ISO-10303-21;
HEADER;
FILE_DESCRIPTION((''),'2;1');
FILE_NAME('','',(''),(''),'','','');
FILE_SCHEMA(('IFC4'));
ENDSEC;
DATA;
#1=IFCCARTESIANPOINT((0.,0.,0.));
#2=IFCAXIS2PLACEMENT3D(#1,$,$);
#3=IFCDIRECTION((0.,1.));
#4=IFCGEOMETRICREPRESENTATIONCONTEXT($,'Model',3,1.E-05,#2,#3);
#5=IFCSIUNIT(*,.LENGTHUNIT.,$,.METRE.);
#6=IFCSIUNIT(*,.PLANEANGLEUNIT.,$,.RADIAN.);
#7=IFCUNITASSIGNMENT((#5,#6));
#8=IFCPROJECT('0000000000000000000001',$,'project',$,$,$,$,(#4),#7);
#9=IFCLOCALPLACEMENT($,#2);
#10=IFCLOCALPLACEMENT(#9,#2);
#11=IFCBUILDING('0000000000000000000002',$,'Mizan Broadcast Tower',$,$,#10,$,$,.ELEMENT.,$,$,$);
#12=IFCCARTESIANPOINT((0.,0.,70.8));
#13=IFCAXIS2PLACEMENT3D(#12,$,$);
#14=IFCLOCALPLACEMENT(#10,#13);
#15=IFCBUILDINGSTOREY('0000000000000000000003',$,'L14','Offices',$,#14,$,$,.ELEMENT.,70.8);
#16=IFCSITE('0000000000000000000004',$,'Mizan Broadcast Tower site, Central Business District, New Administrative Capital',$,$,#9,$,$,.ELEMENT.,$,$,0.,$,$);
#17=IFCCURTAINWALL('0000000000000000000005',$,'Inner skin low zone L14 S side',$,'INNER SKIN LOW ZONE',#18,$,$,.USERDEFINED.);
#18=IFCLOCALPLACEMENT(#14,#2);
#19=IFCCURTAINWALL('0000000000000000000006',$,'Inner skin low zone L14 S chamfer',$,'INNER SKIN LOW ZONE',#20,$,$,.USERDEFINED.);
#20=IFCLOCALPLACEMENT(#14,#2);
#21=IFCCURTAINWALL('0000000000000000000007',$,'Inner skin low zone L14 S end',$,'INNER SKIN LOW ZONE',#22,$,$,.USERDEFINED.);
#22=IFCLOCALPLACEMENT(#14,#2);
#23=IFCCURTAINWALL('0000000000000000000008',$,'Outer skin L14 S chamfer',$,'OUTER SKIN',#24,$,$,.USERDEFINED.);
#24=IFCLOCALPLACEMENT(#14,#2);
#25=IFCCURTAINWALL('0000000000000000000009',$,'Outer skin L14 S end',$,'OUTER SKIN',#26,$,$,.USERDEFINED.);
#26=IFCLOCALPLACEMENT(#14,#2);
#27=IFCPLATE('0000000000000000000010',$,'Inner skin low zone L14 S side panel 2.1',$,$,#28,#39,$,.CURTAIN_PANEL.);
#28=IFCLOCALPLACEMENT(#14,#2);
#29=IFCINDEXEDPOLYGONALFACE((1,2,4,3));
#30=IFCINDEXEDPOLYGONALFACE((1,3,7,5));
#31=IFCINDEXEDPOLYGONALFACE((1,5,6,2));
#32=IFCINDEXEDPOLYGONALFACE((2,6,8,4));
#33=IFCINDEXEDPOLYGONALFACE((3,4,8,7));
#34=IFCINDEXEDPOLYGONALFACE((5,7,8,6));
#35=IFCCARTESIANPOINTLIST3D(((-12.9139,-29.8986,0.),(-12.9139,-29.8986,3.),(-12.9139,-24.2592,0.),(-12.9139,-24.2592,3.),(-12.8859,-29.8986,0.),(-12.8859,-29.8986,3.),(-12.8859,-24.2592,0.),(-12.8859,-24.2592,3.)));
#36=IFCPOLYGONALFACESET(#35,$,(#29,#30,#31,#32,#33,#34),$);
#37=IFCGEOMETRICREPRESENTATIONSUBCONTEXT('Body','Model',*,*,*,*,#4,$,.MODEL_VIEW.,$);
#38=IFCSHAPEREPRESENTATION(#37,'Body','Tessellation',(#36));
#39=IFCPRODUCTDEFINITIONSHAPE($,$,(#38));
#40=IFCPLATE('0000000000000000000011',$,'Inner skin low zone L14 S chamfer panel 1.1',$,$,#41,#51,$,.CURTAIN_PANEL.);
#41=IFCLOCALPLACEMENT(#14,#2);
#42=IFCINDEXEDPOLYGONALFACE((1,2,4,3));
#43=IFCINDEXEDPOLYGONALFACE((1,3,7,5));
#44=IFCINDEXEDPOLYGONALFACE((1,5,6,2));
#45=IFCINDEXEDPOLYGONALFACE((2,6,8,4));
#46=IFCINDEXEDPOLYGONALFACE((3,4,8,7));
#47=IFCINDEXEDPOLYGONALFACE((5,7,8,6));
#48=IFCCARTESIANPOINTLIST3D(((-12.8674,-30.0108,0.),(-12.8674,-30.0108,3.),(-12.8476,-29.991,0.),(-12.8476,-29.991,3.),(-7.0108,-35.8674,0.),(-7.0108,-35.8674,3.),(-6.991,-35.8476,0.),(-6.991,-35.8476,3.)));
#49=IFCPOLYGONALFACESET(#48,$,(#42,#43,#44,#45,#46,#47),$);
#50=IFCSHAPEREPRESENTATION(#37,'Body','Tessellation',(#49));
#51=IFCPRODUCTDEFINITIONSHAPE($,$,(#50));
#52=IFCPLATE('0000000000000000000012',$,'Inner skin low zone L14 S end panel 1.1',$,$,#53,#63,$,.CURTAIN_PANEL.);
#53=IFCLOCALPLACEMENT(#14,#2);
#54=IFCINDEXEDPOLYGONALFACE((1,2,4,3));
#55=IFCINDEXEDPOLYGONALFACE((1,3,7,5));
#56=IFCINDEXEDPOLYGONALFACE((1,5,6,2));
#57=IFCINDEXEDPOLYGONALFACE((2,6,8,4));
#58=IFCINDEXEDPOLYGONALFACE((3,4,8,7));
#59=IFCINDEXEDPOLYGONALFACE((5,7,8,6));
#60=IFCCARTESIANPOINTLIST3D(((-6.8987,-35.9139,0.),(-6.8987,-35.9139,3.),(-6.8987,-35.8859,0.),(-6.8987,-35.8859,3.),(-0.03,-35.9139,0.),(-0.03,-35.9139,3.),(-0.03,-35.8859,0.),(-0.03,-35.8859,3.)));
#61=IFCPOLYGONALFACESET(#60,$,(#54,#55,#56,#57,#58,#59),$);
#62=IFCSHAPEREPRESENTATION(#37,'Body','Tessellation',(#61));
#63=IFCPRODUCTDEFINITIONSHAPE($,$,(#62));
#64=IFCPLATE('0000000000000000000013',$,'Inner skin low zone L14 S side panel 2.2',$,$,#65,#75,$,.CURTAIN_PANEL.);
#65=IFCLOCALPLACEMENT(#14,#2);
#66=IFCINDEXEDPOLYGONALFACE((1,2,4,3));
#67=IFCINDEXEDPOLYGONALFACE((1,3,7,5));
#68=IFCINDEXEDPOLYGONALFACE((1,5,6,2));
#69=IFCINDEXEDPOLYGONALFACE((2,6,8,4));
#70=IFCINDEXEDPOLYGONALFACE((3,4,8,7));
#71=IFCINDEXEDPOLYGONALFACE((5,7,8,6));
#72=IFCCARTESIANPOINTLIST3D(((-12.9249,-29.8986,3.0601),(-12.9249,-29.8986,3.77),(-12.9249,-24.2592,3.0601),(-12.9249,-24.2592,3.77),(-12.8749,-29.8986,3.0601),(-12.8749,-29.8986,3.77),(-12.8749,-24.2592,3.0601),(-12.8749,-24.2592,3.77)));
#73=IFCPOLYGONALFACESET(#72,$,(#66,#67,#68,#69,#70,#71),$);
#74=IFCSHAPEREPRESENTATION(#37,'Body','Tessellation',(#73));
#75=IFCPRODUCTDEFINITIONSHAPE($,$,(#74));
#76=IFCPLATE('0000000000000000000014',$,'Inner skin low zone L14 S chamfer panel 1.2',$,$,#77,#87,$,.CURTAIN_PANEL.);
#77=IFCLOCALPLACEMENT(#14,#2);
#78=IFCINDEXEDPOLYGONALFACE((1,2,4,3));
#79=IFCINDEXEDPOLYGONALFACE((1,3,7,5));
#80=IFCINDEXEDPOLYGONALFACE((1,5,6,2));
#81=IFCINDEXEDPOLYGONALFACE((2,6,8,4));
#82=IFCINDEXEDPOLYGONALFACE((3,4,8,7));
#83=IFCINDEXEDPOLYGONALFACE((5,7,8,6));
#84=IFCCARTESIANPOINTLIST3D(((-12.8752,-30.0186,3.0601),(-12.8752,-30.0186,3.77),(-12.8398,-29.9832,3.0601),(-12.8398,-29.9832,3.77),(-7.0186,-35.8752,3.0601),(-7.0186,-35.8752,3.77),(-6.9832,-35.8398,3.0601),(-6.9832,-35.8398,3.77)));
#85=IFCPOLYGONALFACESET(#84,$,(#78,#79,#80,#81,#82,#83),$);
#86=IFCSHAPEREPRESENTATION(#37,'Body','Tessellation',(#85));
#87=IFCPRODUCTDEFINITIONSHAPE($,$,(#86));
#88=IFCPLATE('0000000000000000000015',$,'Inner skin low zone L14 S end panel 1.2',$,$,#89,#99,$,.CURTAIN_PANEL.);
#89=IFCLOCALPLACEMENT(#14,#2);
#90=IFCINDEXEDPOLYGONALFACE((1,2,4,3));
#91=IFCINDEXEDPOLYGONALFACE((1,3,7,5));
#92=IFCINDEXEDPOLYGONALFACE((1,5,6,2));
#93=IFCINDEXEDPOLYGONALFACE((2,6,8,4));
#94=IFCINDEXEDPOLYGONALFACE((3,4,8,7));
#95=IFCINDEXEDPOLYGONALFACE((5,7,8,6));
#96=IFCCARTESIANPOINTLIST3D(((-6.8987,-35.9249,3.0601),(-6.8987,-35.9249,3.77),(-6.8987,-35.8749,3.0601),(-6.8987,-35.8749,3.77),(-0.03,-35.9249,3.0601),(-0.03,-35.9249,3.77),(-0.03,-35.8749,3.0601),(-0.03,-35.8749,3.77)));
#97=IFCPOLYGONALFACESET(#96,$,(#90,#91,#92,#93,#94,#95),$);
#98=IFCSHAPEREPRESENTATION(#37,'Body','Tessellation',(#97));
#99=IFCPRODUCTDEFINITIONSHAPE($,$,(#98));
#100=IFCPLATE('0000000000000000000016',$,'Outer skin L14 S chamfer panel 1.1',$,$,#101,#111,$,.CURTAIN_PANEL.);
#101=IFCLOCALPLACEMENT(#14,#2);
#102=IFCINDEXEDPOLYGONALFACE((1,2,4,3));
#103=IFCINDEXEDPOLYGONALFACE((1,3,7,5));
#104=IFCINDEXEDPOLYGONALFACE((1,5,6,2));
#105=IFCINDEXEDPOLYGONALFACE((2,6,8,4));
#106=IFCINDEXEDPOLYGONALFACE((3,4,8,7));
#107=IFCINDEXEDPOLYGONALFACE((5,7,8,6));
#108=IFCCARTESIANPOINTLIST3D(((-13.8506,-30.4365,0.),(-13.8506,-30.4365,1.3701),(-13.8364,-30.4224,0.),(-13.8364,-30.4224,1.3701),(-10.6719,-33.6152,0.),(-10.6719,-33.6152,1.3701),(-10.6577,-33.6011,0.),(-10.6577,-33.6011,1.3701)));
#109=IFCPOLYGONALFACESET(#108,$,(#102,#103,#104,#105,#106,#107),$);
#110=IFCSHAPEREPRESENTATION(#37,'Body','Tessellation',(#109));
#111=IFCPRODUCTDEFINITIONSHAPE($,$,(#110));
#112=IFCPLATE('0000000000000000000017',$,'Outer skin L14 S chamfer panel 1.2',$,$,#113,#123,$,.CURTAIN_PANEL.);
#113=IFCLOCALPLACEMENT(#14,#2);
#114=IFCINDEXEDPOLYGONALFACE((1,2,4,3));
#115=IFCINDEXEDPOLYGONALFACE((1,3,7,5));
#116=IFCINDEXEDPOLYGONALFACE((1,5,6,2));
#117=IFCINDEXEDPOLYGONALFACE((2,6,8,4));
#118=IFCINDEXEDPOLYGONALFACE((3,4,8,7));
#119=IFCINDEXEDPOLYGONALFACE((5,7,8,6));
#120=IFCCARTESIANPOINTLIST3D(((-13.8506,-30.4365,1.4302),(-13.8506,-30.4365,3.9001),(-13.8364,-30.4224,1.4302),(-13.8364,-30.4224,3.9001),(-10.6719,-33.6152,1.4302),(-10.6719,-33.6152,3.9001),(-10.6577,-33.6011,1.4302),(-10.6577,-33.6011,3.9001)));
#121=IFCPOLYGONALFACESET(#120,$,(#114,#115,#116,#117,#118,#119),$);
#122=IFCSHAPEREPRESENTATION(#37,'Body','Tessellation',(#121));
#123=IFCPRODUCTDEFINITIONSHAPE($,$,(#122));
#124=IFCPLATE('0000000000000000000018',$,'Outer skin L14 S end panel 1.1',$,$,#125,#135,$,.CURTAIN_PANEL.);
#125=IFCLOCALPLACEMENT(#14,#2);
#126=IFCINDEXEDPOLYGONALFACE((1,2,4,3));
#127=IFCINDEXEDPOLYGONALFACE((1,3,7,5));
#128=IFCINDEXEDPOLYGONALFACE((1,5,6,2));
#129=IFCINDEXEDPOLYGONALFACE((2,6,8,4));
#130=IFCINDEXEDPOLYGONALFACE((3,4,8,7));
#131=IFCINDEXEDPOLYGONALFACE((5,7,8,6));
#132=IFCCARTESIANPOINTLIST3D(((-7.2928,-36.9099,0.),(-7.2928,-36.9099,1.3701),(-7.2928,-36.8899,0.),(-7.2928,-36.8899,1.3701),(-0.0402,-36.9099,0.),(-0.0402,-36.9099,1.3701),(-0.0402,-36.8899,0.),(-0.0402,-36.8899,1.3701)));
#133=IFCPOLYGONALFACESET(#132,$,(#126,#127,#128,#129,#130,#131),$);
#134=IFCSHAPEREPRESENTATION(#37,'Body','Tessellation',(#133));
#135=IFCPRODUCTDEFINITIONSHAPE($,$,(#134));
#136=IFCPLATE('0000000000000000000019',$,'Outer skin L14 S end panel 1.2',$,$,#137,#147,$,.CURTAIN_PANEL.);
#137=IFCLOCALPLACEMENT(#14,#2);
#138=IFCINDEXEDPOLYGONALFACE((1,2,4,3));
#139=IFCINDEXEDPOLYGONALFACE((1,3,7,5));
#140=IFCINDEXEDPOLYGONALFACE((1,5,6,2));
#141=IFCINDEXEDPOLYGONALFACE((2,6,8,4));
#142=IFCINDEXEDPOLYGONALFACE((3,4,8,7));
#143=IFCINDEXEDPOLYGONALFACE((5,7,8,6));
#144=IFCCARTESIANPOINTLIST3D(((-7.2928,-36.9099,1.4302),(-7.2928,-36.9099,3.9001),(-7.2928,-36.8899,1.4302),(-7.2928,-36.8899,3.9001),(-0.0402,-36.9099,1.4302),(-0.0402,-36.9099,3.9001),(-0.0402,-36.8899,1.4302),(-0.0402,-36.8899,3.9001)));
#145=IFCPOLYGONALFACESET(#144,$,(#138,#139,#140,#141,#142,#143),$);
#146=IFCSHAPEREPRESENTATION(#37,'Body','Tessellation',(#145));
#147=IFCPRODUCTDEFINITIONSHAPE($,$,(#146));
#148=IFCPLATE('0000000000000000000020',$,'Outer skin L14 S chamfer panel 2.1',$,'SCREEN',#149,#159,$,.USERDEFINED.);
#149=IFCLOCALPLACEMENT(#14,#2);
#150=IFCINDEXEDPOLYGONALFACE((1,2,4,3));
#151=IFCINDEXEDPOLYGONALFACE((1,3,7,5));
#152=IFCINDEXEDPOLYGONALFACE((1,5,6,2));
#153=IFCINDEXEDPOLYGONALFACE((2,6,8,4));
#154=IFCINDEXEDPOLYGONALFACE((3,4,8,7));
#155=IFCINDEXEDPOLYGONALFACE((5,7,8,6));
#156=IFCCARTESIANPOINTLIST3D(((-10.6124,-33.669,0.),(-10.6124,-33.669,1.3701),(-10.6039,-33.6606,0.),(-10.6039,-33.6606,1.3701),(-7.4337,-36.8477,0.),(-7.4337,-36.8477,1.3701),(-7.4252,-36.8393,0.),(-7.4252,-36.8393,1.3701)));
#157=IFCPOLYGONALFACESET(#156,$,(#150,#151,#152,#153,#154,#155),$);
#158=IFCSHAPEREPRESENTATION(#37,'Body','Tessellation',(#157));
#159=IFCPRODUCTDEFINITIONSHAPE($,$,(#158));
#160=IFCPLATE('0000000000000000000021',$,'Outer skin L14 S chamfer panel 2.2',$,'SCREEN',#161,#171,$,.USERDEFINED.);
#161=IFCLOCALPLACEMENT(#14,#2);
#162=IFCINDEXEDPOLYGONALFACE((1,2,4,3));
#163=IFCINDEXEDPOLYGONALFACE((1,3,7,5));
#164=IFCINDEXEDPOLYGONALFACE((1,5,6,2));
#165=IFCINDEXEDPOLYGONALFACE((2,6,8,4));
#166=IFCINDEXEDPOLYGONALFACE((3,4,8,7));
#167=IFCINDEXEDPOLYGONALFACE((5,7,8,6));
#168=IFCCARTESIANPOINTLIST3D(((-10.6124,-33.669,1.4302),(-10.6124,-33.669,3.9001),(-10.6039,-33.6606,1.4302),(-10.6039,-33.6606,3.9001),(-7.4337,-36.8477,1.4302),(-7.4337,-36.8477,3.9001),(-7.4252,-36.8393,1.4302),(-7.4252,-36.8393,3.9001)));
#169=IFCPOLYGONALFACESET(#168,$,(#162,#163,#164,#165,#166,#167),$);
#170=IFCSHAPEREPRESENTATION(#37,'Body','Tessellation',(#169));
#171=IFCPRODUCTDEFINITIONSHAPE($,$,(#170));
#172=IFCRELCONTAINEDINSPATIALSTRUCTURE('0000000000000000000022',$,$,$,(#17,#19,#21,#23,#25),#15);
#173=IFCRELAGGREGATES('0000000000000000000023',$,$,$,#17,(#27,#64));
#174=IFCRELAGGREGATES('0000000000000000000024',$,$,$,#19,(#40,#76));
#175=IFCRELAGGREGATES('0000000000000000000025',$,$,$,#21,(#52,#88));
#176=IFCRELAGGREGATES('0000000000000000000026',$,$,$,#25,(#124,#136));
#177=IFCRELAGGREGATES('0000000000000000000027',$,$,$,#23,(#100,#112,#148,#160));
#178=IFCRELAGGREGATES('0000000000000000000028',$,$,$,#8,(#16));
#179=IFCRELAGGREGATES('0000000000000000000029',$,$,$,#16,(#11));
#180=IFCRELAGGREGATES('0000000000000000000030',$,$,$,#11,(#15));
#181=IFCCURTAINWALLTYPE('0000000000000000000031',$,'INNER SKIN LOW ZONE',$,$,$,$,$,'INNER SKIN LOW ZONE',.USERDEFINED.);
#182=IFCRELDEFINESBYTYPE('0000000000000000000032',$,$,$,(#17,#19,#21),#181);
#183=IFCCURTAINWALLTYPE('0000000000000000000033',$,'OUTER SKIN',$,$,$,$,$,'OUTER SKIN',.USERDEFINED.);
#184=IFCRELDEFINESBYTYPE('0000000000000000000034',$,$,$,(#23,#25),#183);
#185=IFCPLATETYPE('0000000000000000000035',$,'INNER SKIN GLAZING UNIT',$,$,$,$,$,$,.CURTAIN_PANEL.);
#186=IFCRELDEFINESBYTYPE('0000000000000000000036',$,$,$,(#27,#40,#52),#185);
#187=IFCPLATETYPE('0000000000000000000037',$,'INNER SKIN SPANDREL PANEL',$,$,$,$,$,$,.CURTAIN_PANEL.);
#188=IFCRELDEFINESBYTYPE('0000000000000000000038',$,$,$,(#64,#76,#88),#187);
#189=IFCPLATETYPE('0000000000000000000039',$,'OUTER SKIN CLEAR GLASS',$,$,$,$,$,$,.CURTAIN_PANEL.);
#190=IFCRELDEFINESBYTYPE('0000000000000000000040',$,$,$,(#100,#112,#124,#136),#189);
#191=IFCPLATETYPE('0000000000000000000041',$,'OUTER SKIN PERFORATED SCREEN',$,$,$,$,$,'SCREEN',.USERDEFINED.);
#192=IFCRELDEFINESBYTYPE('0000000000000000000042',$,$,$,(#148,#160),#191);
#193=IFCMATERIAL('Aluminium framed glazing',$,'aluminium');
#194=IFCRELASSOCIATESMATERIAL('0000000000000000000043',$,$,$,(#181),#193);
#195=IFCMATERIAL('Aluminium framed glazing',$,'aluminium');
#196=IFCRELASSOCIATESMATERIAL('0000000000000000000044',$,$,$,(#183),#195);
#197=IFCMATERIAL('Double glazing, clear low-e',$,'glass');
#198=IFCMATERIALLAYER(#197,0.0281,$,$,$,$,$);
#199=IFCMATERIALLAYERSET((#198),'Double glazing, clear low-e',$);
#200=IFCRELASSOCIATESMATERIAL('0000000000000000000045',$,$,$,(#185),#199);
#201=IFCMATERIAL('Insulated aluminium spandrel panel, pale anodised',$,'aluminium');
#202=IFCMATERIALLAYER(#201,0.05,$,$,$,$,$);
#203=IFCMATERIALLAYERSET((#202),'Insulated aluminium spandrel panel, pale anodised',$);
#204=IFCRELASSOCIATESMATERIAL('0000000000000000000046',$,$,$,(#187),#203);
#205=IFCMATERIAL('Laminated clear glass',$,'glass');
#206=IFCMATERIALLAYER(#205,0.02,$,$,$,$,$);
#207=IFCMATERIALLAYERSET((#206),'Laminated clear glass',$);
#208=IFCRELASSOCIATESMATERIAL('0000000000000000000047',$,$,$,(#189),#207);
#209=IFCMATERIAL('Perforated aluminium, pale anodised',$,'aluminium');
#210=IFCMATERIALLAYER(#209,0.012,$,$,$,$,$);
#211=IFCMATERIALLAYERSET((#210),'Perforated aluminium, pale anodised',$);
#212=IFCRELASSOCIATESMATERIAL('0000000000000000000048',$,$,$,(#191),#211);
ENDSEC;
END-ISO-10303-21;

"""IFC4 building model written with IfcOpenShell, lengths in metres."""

from ifc_helpers import new_model, si_unit, direction, frame, origin, origin_2d, place, context, subcontext, project, spatial, rectangle, extrude, material, layer, layer_set, type_object, element, aggregate, save


model = new_model("IFC4")

# Units and contexts
model_context = context("Model", 3, precision=1e-05, world=origin(), true_north=direction((0.0, 1.0)))
body_context = subcontext(model_context, "Body", "Model", "MODEL_VIEW")
ifc_project = project(units=[si_unit("LENGTHUNIT", "METRE"), si_unit("PLANEANGLEUNIT", "RADIAN")], contexts=[model_context])

# Site, building, storey
site_placement = place(None, origin())
site = spatial("IfcSite", under=ifc_project, at=site_placement, Name="Mizan Broadcast Tower site, Central Business District, New Administrative Capital", CompositionType="ELEMENT", RefElevation=0.0)
building_placement = place(site_placement, origin())
building = spatial("IfcBuilding", under=site, at=building_placement, Name="Mizan Broadcast Tower", CompositionType="ELEMENT")
storey_placement = place(building_placement, frame((0.0, 0.0, 70.8)))
storey = spatial("IfcBuildingStorey", under=building, at=storey_placement, Name="L14", Description="Offices", CompositionType="ELEMENT", Elevation=70.8)

# Curtain wall
ifc_material_1 = material(Name="Aluminium framed glazing", Category="aluminium")
curtain_wall_type_1 = type_object("IfcCurtainWallType", Name="INNER SKIN LOW ZONE", ElementType="INNER SKIN LOW ZONE", PredefinedType="USERDEFINED", material=ifc_material_1)
curtain_wall_1_placement = place(storey_placement, origin())
curtain_wall_1 = element("IfcCurtainWall", 1, at=curtain_wall_1_placement, inside=storey, type_object=curtain_wall_type_1, Name="Inner skin low zone L14 S side", ObjectType="INNER SKIN LOW ZONE", PredefinedType="USERDEFINED")

# Curtain wall
curtain_wall_2_placement = place(storey_placement, origin())
curtain_wall_2 = element("IfcCurtainWall", 2, at=curtain_wall_2_placement, inside=storey, type_object=curtain_wall_type_1, Name="Inner skin low zone L14 S chamfer", ObjectType="INNER SKIN LOW ZONE", PredefinedType="USERDEFINED")

# Curtain wall
curtain_wall_3_placement = place(storey_placement, origin())
curtain_wall_3 = element("IfcCurtainWall", 3, at=curtain_wall_3_placement, inside=storey, type_object=curtain_wall_type_1, Name="Inner skin low zone L14 S end", ObjectType="INNER SKIN LOW ZONE", PredefinedType="USERDEFINED")
ifc_material_2 = material(Name="Aluminium framed glazing", Category="aluminium")
curtain_wall_type_2 = type_object("IfcCurtainWallType", Name="OUTER SKIN", ElementType="OUTER SKIN", PredefinedType="USERDEFINED", material=ifc_material_2)

# Curtain wall
curtain_wall_4_placement = place(storey_placement, origin())
curtain_wall_4 = element("IfcCurtainWall", 4, at=curtain_wall_4_placement, inside=storey, type_object=curtain_wall_type_2, Name="Outer skin L14 S chamfer", ObjectType="OUTER SKIN", PredefinedType="USERDEFINED")

# Curtain wall
curtain_wall_5_placement = place(storey_placement, origin())
curtain_wall_5 = element("IfcCurtainWall", 5, at=curtain_wall_5_placement, inside=storey, type_object=curtain_wall_type_2, Name="Outer skin L14 S end", ObjectType="OUTER SKIN", PredefinedType="USERDEFINED")

# Plates
ifc_material_3 = material(Name="Double glazing, clear low-e", Category="glass")
ifc_layer_1 = layer(ifc_material_3, 0.0281)
ifc_layer_set_1 = layer_set([ifc_layer_1], Name="Double glazing, clear low-e")
plate_type_1 = type_object("IfcPlateType", Name="INNER SKIN GLAZING UNIT", PredefinedType="CURTAIN_PANEL", material=ifc_layer_set_1)
plate_1_placement = place(storey_placement, frame((-12.8999, -27.0789, 0.0), z_axis=(0.0, 0.0, 1.0), x_axis=(0.0, -1.0, 0.0)))
plate_1 = element("IfcPlate", 6, at=plate_1_placement, type_object=plate_type_1, Name="Inner skin low zone L14 S side panel 2.1", PredefinedType="CURTAIN_PANEL", context=body_context, shape_type="SweptSolid", body=[
    extrude(rectangle(XDim=5.6394, YDim=0.0281, at=origin_2d()), origin(), (0.0, 0.0, 1.0), 3.0),
])
plate_2_placement = place(storey_placement, frame((-9.9292, -32.9292, 0.0), z_axis=(0.0, 0.0, 1.0), x_axis=(0.707107, -0.707107, 0.0)))
plate_2 = element("IfcPlate", 7, at=plate_2_placement, type_object=plate_type_1, Name="Inner skin low zone L14 S chamfer panel 1.1", PredefinedType="CURTAIN_PANEL", context=body_context, shape_type="SweptSolid", body=[
    extrude(rectangle(XDim=8.2825, YDim=0.0281, at=origin_2d()), origin(), (0.0, 0.0, 1.0), 3.0),
])
plate_3_placement = place(storey_placement, frame((-3.4644, -35.8999, 0.0), z_axis=(0.0, 0.0, 1.0), x_axis=(1.0, 0.0, 0.0)))
plate_3 = element("IfcPlate", 8, at=plate_3_placement, type_object=plate_type_1, Name="Inner skin low zone L14 S end panel 1.1", PredefinedType="CURTAIN_PANEL", context=body_context, shape_type="SweptSolid", body=[
    extrude(rectangle(XDim=6.8687, YDim=0.0281, at=origin_2d()), origin(), (0.0, 0.0, 1.0), 3.0),
])
ifc_material_4 = material(Name="Insulated aluminium spandrel panel, pale anodised", Category="aluminium")
ifc_layer_2 = layer(ifc_material_4, 0.05)
ifc_layer_set_2 = layer_set([ifc_layer_2], Name="Insulated aluminium spandrel panel, pale anodised")
plate_type_2 = type_object("IfcPlateType", Name="INNER SKIN SPANDREL PANEL", PredefinedType="CURTAIN_PANEL", material=ifc_layer_set_2)
plate_4_placement = place(storey_placement, frame((-12.8999, -27.0789, 3.0601), z_axis=(0.0, 0.0, 1.0), x_axis=(0.0, -1.0, 0.0)))
plate_4 = element("IfcPlate", 9, at=plate_4_placement, type_object=plate_type_2, Name="Inner skin low zone L14 S side panel 2.2", PredefinedType="CURTAIN_PANEL", context=body_context, shape_type="SweptSolid", body=[
    extrude(rectangle(XDim=5.6394, YDim=0.05, at=origin_2d()), origin(), (0.0, 0.0, 1.0), 0.71),
])
aggregate(curtain_wall_1, [plate_1, plate_4])
plate_5_placement = place(storey_placement, frame((-9.9292, -32.9292, 3.0601), z_axis=(0.0, 0.0, 1.0), x_axis=(0.707107, -0.707107, 0.0)))
plate_5 = element("IfcPlate", 10, at=plate_5_placement, type_object=plate_type_2, Name="Inner skin low zone L14 S chamfer panel 1.2", PredefinedType="CURTAIN_PANEL", context=body_context, shape_type="SweptSolid", body=[
    extrude(rectangle(XDim=8.2825, YDim=0.05, at=origin_2d()), origin(), (0.0, 0.0, 1.0), 0.71),
])
aggregate(curtain_wall_2, [plate_2, plate_5])
plate_6_placement = place(storey_placement, frame((-3.4644, -35.8999, 3.0601), z_axis=(0.0, 0.0, 1.0), x_axis=(1.0, 0.0, 0.0)))
plate_6 = element("IfcPlate", 11, at=plate_6_placement, type_object=plate_type_2, Name="Inner skin low zone L14 S end panel 1.2", PredefinedType="CURTAIN_PANEL", context=body_context, shape_type="SweptSolid", body=[
    extrude(rectangle(XDim=6.8687, YDim=0.05, at=origin_2d()), origin(), (0.0, 0.0, 1.0), 0.71),
])
aggregate(curtain_wall_3, [plate_3, plate_6])
ifc_material_5 = material(Name="Laminated clear glass", Category="glass")
ifc_layer_3 = layer(ifc_material_5, 0.02)
ifc_layer_set_3 = layer_set([ifc_layer_3], Name="Laminated clear glass")
plate_type_3 = type_object("IfcPlateType", Name="OUTER SKIN CLEAR GLASS", PredefinedType="CURTAIN_PANEL", material=ifc_layer_set_3)
plate_7_placement = place(storey_placement, frame((-12.2542, -32.0188, 0.0), z_axis=(0.0, 0.0, 1.0), x_axis=(0.707107, -0.707107, 0.0)))
plate_7 = element("IfcPlate", 12, at=plate_7_placement, type_object=plate_type_3, Name="Outer skin L14 S chamfer panel 1.1", PredefinedType="CURTAIN_PANEL", context=body_context, shape_type="SweptSolid", body=[
    extrude(rectangle(XDim=4.4954, YDim=0.02, at=origin_2d()), origin(), (0.0, 0.0, 1.0), 1.3701),
])
plate_8_placement = place(storey_placement, frame((-12.2542, -32.0188, 1.4302), z_axis=(0.0, 0.0, 1.0), x_axis=(0.707107, -0.707107, 0.0)))
plate_8 = element("IfcPlate", 13, at=plate_8_placement, type_object=plate_type_3, Name="Outer skin L14 S chamfer panel 1.2", PredefinedType="CURTAIN_PANEL", context=body_context, shape_type="SweptSolid", body=[
    extrude(rectangle(XDim=4.4954, YDim=0.02, at=origin_2d()), origin(), (0.0, 0.0, 1.0), 2.47),
])
plate_9_placement = place(storey_placement, frame((-3.6665, -36.8999, 0.0), z_axis=(0.0, 0.0, 1.0), x_axis=(1.0, 0.0, 0.0)))
plate_9 = element("IfcPlate", 14, at=plate_9_placement, type_object=plate_type_3, Name="Outer skin L14 S end panel 1.1", PredefinedType="CURTAIN_PANEL", context=body_context, shape_type="SweptSolid", body=[
    extrude(rectangle(XDim=7.2527, YDim=0.02, at=origin_2d()), origin(), (0.0, 0.0, 1.0), 1.3701),
])
plate_10_placement = place(storey_placement, frame((-3.6665, -36.8999, 1.4302), z_axis=(0.0, 0.0, 1.0), x_axis=(1.0, 0.0, 0.0)))
plate_10 = element("IfcPlate", 15, at=plate_10_placement, type_object=plate_type_3, Name="Outer skin L14 S end panel 1.2", PredefinedType="CURTAIN_PANEL", context=body_context, shape_type="SweptSolid", body=[
    extrude(rectangle(XDim=7.2527, YDim=0.02, at=origin_2d()), origin(), (0.0, 0.0, 1.0), 2.47),
])
aggregate(curtain_wall_5, [plate_9, plate_10])
ifc_material_6 = material(Name="Perforated aluminium, pale anodised", Category="aluminium")
ifc_layer_4 = layer(ifc_material_6, 0.012)
ifc_layer_set_4 = layer_set([ifc_layer_4], Name="Perforated aluminium, pale anodised")
plate_type_4 = type_object("IfcPlateType", Name="OUTER SKIN PERFORATED SCREEN", ElementType="SCREEN", PredefinedType="USERDEFINED", material=ifc_layer_set_4)
plate_11_placement = place(storey_placement, frame((-9.0188, -35.2542, 0.0), z_axis=(0.0, 0.0, 1.0), x_axis=(0.707107, -0.707107, 0.0)))
plate_11 = element("IfcPlate", 16, at=plate_11_placement, type_object=plate_type_4, Name="Outer skin L14 S chamfer panel 2.1", ObjectType="SCREEN", PredefinedType="USERDEFINED", context=body_context, shape_type="SweptSolid", body=[
    extrude(rectangle(XDim=4.4954, YDim=0.012, at=origin_2d()), origin(), (0.0, 0.0, 1.0), 1.3701),
])
plate_12_placement = place(storey_placement, frame((-9.0188, -35.2542, 1.4302), z_axis=(0.0, 0.0, 1.0), x_axis=(0.707107, -0.707107, 0.0)))
plate_12 = element("IfcPlate", 17, at=plate_12_placement, type_object=plate_type_4, Name="Outer skin L14 S chamfer panel 2.2", ObjectType="SCREEN", PredefinedType="USERDEFINED", context=body_context, shape_type="SweptSolid", body=[
    extrude(rectangle(XDim=4.4954, YDim=0.012, at=origin_2d()), origin(), (0.0, 0.0, 1.0), 2.47),
])
aggregate(curtain_wall_4, [plate_7, plate_8, plate_11, plate_12])

save(model, "model.ifc")
